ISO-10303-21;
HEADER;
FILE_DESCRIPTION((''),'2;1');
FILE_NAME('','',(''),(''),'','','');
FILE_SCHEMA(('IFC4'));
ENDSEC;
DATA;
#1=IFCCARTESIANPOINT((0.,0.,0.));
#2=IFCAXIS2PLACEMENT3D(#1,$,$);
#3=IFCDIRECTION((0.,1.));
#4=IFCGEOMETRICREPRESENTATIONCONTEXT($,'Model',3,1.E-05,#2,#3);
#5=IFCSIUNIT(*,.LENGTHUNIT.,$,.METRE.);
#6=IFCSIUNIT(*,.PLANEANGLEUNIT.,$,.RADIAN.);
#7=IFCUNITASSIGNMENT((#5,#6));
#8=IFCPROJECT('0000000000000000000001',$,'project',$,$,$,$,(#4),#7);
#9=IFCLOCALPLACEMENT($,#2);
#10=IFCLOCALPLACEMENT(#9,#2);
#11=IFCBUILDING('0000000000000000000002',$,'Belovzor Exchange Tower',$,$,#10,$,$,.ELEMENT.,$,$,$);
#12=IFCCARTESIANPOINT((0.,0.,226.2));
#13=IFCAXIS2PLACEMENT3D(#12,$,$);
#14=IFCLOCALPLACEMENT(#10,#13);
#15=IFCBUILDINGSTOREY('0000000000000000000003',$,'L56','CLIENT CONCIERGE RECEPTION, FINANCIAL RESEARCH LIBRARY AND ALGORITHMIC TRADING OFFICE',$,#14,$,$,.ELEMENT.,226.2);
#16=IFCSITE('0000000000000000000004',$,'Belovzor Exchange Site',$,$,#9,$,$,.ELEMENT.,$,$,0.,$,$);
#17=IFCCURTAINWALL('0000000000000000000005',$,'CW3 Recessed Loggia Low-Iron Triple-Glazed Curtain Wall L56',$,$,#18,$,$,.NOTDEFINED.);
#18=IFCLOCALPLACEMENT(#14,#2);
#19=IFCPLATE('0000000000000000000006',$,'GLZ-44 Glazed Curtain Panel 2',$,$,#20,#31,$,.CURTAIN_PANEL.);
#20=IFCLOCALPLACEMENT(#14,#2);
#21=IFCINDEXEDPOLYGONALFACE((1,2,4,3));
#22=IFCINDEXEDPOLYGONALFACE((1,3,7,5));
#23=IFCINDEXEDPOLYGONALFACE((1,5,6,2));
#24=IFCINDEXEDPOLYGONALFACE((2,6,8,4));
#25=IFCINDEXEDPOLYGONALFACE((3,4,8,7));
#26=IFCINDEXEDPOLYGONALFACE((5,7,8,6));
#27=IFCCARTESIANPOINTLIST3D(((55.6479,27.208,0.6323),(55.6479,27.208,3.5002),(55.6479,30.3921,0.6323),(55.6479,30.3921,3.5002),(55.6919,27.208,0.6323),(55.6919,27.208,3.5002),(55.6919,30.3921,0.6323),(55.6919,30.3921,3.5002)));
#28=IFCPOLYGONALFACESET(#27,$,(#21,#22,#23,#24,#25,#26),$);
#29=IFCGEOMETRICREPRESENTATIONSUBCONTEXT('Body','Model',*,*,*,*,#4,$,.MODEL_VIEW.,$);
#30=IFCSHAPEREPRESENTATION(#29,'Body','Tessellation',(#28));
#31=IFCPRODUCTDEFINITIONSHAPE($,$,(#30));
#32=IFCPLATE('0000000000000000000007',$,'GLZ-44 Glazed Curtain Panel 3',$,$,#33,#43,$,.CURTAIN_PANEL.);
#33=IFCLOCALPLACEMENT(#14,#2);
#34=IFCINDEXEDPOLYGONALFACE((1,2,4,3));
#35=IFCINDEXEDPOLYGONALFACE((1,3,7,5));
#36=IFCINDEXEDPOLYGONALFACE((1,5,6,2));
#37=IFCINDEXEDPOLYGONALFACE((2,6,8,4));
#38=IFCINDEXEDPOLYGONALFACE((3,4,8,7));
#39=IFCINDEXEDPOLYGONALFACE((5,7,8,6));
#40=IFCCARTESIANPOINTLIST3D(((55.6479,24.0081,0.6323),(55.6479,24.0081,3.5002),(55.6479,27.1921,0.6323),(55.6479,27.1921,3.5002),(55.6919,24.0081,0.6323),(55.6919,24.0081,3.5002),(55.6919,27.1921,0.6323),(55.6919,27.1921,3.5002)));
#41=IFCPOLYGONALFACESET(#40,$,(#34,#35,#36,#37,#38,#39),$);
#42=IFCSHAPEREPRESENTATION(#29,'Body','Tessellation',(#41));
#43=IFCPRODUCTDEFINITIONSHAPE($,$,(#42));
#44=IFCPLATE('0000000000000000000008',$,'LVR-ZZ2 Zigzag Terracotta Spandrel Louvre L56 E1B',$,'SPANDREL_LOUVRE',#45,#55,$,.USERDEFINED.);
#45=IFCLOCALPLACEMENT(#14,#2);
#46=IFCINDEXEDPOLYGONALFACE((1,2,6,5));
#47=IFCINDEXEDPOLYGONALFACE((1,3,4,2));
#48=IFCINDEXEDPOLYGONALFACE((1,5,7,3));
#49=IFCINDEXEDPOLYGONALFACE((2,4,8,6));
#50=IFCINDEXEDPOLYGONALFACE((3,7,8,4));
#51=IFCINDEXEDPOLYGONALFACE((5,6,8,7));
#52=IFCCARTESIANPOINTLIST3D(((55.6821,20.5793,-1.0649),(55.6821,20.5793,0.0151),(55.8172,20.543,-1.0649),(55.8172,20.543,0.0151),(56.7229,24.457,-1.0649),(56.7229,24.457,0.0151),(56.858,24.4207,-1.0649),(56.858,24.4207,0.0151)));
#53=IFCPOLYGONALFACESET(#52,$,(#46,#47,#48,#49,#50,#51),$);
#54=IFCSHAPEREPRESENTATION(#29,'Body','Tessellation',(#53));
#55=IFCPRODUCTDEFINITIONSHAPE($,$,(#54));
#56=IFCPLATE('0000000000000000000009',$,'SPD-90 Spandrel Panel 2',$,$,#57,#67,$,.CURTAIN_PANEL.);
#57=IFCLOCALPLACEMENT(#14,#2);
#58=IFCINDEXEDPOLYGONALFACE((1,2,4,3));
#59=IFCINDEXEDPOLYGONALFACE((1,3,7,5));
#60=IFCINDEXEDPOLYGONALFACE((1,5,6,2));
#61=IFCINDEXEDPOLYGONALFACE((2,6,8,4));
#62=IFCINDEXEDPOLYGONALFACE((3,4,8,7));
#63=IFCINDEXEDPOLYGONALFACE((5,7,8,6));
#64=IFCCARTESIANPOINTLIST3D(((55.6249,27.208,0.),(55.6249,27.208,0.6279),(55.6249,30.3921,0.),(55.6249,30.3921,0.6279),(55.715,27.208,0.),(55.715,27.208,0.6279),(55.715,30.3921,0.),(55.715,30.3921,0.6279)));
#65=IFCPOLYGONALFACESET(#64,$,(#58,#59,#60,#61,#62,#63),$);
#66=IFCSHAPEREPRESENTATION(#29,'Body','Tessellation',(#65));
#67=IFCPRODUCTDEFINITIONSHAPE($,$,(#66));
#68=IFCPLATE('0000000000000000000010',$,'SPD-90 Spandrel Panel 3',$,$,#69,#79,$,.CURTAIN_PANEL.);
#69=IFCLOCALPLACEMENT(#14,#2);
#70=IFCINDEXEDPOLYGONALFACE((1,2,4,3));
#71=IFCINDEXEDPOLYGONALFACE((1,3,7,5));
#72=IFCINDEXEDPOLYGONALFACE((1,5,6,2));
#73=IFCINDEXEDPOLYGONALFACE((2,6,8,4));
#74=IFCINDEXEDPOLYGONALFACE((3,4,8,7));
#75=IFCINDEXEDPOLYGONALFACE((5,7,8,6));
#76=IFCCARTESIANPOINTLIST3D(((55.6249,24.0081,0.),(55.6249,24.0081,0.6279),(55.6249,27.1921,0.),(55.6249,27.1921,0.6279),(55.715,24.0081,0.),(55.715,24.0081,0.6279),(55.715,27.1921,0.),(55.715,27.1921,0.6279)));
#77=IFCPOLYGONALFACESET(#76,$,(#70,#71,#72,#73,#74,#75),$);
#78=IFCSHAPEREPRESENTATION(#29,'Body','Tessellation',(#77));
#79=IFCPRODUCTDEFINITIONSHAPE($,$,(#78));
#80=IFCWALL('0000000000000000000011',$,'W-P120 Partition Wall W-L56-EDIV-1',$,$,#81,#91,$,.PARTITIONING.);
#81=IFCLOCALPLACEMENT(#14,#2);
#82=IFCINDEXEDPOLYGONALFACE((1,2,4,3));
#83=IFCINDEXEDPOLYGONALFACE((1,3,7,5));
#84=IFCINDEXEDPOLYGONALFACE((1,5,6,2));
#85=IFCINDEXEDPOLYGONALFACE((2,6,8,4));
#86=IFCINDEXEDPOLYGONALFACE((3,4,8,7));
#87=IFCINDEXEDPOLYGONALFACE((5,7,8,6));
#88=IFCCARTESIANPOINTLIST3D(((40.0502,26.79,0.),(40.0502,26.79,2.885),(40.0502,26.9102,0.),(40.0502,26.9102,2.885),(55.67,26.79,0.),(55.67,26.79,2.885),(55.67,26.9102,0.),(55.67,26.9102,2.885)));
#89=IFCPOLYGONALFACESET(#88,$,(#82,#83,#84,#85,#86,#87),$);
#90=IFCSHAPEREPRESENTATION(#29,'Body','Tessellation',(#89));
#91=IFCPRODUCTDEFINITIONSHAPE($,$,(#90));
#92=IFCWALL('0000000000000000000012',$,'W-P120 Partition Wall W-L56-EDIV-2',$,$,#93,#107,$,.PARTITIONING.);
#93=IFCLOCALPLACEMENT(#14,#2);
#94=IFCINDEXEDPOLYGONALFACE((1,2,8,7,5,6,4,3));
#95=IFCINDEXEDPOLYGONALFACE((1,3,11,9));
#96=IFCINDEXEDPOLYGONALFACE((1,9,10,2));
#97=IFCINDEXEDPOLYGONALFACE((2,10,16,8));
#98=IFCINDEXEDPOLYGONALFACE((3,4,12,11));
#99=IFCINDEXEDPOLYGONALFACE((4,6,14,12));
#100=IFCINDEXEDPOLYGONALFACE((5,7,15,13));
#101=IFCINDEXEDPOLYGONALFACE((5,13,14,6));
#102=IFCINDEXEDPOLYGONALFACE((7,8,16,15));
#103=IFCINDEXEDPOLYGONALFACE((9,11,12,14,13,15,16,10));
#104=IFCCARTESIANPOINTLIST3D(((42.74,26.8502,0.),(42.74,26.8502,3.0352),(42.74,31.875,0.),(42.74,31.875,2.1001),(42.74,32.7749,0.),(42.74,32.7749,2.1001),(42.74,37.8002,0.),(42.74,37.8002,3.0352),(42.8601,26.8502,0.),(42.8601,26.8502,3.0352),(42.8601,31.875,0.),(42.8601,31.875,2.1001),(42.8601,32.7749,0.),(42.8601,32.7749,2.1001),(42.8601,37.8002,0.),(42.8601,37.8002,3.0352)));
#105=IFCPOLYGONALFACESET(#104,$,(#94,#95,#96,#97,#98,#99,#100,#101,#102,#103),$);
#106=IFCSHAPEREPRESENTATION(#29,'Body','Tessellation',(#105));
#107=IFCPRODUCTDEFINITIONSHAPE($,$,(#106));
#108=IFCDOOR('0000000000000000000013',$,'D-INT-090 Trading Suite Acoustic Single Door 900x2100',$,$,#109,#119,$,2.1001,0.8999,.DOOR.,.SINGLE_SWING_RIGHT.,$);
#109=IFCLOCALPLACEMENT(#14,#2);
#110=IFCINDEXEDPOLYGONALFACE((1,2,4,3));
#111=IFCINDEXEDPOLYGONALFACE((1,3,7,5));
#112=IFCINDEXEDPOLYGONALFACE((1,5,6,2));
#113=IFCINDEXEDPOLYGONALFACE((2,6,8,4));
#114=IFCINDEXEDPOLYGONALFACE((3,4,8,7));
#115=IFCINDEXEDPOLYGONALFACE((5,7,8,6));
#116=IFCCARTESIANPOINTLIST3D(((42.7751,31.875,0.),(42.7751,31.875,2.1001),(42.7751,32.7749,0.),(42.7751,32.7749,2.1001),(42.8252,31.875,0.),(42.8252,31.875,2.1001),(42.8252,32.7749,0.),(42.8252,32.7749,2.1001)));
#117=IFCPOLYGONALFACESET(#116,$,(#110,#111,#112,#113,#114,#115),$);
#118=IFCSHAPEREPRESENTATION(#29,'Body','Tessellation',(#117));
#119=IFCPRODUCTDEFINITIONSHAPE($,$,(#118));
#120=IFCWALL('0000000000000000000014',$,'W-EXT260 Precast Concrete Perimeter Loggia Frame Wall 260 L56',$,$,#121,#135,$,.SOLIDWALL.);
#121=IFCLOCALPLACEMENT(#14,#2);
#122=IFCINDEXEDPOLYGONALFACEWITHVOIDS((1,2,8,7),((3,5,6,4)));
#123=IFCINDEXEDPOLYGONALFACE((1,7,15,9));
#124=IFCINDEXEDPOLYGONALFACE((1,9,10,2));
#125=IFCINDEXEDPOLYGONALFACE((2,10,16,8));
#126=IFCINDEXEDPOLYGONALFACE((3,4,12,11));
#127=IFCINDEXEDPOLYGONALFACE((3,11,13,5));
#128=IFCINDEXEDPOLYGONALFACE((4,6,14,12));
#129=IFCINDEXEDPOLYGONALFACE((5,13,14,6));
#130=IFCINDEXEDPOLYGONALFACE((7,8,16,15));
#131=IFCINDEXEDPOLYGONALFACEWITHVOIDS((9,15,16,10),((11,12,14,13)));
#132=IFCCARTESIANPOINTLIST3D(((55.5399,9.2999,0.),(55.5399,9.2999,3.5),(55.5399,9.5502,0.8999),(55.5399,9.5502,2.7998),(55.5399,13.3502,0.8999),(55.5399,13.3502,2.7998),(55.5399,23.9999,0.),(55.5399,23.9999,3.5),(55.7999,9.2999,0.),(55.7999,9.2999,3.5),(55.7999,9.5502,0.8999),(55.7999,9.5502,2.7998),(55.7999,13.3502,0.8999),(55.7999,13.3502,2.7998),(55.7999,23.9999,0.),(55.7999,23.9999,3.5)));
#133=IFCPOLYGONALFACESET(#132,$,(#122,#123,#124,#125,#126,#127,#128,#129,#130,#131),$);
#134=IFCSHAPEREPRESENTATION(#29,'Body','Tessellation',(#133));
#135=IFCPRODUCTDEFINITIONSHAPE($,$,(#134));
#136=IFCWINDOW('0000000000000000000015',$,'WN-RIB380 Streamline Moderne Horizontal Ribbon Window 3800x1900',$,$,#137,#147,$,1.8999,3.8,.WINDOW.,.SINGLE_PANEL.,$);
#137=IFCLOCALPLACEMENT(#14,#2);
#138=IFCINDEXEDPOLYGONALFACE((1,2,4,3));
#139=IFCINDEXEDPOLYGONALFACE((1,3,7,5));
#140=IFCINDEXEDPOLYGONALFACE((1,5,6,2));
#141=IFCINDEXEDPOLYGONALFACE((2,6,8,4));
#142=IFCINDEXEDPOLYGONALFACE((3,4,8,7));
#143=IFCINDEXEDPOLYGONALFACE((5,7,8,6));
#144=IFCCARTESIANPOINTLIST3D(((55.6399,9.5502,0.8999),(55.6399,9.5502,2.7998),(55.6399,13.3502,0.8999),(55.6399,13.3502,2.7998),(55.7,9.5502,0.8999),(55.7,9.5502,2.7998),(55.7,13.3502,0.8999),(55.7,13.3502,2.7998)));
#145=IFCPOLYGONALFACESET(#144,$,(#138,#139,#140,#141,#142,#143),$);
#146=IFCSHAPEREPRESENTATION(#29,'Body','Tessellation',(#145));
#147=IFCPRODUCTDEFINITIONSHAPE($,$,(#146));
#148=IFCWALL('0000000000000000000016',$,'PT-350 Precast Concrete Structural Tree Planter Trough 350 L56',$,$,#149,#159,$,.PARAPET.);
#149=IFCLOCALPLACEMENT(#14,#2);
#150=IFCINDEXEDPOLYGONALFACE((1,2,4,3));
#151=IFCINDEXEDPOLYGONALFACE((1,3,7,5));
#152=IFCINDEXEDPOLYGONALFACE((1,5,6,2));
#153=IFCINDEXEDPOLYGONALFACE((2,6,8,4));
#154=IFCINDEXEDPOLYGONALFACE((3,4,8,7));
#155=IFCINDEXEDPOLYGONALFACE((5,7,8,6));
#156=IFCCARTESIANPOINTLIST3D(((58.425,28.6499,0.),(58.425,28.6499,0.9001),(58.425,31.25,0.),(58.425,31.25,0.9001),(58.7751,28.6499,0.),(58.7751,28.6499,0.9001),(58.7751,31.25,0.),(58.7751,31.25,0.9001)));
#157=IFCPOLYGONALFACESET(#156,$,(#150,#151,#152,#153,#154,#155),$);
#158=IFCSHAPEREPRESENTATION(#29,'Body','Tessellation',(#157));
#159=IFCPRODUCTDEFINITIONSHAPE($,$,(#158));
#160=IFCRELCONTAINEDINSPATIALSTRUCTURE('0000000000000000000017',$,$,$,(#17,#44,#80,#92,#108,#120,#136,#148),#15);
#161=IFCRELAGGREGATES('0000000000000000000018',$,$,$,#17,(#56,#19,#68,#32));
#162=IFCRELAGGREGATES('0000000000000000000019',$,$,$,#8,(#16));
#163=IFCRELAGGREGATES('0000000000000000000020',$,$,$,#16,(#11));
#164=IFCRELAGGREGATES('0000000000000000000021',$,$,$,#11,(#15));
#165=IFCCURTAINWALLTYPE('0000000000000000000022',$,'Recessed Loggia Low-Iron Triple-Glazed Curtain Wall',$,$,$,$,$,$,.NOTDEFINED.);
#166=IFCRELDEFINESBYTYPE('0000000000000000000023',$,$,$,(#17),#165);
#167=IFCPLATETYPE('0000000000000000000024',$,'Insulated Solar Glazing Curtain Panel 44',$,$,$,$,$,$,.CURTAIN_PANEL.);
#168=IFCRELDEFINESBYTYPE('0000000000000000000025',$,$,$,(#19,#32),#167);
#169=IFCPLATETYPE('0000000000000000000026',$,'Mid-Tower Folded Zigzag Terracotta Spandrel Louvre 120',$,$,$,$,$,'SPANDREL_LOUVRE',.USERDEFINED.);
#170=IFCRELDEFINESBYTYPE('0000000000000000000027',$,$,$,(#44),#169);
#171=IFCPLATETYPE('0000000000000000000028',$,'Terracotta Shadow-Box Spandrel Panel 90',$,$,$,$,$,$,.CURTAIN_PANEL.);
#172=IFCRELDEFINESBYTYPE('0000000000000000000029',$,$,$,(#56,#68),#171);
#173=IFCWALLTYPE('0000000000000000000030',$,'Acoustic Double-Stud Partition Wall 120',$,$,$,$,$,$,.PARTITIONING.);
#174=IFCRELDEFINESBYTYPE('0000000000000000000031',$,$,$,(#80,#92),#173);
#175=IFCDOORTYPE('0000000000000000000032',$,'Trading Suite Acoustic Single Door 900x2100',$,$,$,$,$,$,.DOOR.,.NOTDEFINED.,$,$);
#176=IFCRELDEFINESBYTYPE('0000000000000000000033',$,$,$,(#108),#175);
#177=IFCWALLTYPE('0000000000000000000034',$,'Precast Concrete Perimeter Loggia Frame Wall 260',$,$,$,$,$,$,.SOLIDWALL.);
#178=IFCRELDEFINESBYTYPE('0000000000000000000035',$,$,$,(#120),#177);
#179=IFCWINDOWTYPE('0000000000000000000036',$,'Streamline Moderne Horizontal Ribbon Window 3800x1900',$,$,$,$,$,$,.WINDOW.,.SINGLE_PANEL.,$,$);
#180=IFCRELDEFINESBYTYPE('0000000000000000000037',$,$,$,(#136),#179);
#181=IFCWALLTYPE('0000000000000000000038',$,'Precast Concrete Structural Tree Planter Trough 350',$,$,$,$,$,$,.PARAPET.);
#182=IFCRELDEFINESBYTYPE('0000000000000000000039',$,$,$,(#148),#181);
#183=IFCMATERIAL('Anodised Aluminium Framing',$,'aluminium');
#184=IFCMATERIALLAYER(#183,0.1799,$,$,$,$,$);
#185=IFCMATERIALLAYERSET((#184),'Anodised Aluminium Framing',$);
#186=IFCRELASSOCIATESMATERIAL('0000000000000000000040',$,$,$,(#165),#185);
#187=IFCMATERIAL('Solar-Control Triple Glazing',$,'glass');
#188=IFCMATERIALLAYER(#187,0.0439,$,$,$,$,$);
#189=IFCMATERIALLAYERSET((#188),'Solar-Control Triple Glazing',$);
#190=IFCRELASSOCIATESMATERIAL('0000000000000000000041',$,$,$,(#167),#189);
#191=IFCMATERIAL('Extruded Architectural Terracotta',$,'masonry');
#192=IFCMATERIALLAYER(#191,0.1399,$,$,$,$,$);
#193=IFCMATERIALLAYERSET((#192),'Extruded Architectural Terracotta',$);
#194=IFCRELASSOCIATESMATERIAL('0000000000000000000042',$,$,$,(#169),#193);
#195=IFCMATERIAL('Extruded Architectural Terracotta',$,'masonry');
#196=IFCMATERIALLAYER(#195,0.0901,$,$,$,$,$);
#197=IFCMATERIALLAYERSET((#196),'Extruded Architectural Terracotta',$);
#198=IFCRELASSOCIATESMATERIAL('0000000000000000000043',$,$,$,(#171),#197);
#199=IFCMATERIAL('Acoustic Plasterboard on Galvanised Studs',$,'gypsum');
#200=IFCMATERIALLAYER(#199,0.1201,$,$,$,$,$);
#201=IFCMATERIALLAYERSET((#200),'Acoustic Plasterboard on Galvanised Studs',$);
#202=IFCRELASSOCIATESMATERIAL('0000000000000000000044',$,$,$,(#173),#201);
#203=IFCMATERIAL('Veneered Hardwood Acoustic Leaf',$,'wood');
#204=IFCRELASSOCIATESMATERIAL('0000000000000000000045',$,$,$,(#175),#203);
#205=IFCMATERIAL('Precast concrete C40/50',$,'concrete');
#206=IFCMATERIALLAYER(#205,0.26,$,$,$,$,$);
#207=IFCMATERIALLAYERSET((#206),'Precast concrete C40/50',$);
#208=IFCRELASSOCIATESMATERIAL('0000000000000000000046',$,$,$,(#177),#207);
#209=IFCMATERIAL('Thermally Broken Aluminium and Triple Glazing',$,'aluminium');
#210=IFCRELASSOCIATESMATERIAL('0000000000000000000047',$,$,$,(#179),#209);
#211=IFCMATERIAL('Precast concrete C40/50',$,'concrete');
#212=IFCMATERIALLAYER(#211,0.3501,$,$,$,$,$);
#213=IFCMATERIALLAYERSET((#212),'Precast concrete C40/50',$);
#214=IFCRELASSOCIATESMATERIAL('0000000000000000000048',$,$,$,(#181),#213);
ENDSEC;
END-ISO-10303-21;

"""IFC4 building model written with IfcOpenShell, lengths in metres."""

from ifc_helpers import new_model, si_unit, direction, frame, frame_2d, origin, origin_2d, place, context, subcontext, project, spatial, rectangle, extrude, material, layer, layer_set, type_object, element, fill, aggregate, save


model = new_model("IFC4")

# Units and contexts
model_context = context("Model", 3, precision=1e-05, world=origin(), true_north=direction((0.0, 1.0)))
body_context = subcontext(model_context, "Body", "Model", "MODEL_VIEW")
ifc_project = project(units=[si_unit("LENGTHUNIT", "METRE"), si_unit("PLANEANGLEUNIT", "RADIAN")], contexts=[model_context])

# Site, building, storey
site_placement = place(None, origin())
site = spatial("IfcSite", under=ifc_project, at=site_placement, Name="Belovzor Exchange Site", CompositionType="ELEMENT", RefElevation=0.0)
building_placement = place(site_placement, origin())
building = spatial("IfcBuilding", under=site, at=building_placement, Name="Belovzor Exchange Tower", CompositionType="ELEMENT")
storey_placement = place(building_placement, frame((0.0, 0.0, 226.2)))
storey = spatial("IfcBuildingStorey", under=building, at=storey_placement, Name="L56", Description="CLIENT CONCIERGE RECEPTION, FINANCIAL RESEARCH LIBRARY AND ALGORITHMIC TRADING OFFICE", CompositionType="ELEMENT", Elevation=226.2)

# Curtain wall
ifc_material_1 = material(Name="Anodised Aluminium Framing", Category="aluminium")
ifc_layer_1 = layer(ifc_material_1, 0.1799)
ifc_layer_set_1 = layer_set([ifc_layer_1], Name="Anodised Aluminium Framing")
curtain_wall_type = type_object("IfcCurtainWallType", Name="Recessed Loggia Low-Iron Triple-Glazed Curtain Wall", PredefinedType="NOTDEFINED", material=ifc_layer_set_1)
curtain_wall_placement = place(storey_placement, origin())
curtain_wall = element("IfcCurtainWall", 1, at=curtain_wall_placement, inside=storey, type_object=curtain_wall_type, Name="CW3 Recessed Loggia Low-Iron Triple-Glazed Curtain Wall L56", PredefinedType="NOTDEFINED")

# Plates
ifc_material_2 = material(Name="Solar-Control Triple Glazing", Category="glass")
ifc_layer_2 = layer(ifc_material_2, 0.0439)
ifc_layer_set_2 = layer_set([ifc_layer_2], Name="Solar-Control Triple Glazing")
plate_type_1 = type_object("IfcPlateType", Name="Insulated Solar Glazing Curtain Panel 44", PredefinedType="CURTAIN_PANEL", material=ifc_layer_set_2)
plate_1_placement = place(storey_placement, frame((55.6699, 28.8, 0.6323), z_axis=(0.0, 0.0, 1.0), x_axis=(0.0, -1.0, 0.0)))
plate_1 = element("IfcPlate", 2, at=plate_1_placement, type_object=plate_type_1, Name="GLZ-44 Glazed Curtain Panel 2", PredefinedType="CURTAIN_PANEL", context=body_context, shape_type="SweptSolid", body=[
    extrude(rectangle(XDim=3.1841, YDim=0.0439, at=origin_2d()), origin(), (0.0, 0.0, 1.0), 2.8679),
])
plate_2_placement = place(storey_placement, frame((55.6699, 25.6001, 0.6323), z_axis=(0.0, 0.0, 1.0), x_axis=(0.0, -1.0, 0.0)))
plate_2 = element("IfcPlate", 3, at=plate_2_placement, type_object=plate_type_1, Name="GLZ-44 Glazed Curtain Panel 3", PredefinedType="CURTAIN_PANEL", context=body_context, shape_type="SweptSolid", body=[
    extrude(rectangle(XDim=3.1841, YDim=0.0439, at=origin_2d()), origin(), (0.0, 0.0, 1.0), 2.8679),
])
ifc_material_3 = material(Name="Extruded Architectural Terracotta", Category="masonry")
ifc_layer_3 = layer(ifc_material_3, 0.1399)
ifc_layer_set_3 = layer_set([ifc_layer_3], Name="Extruded Architectural Terracotta")
plate_type_2 = type_object("IfcPlateType", Name="Mid-Tower Folded Zigzag Terracotta Spandrel Louvre 120", ElementType="SPANDREL_LOUVRE", PredefinedType="USERDEFINED", material=ifc_layer_set_3)
plate_3_placement = place(storey_placement, frame((56.27, 22.5, -1.0649), z_axis=(0.0, 0.0, 1.0), x_axis=(0.25924, 0.965813, 0.0)))
element("IfcPlate", 4, at=plate_3_placement, inside=storey, type_object=plate_type_2, Name="LVR-ZZ2 Zigzag Terracotta Spandrel Louvre L56 E1B", ObjectType="SPANDREL_LOUVRE", PredefinedType="USERDEFINED", context=body_context, shape_type="SweptSolid", body=[
    extrude(rectangle(XDim=4.0149, YDim=0.1399, at=origin_2d()), origin(), (0.0, 0.0, 1.0), 1.0801),
])
ifc_material_4 = material(Name="Extruded Architectural Terracotta", Category="masonry")
ifc_layer_4 = layer(ifc_material_4, 0.0901)
ifc_layer_set_4 = layer_set([ifc_layer_4], Name="Extruded Architectural Terracotta")
plate_type_3 = type_object("IfcPlateType", Name="Terracotta Shadow-Box Spandrel Panel 90", PredefinedType="CURTAIN_PANEL", material=ifc_layer_set_4)
plate_4_placement = place(storey_placement, frame((55.6699, 28.8, 0.0), z_axis=(0.0, 0.0, 1.0), x_axis=(0.0, -1.0, 0.0)))
plate_4 = element("IfcPlate", 5, at=plate_4_placement, type_object=plate_type_3, Name="SPD-90 Spandrel Panel 2", PredefinedType="CURTAIN_PANEL", context=body_context, shape_type="SweptSolid", body=[
    extrude(rectangle(XDim=3.1841, YDim=0.0901, at=origin_2d()), origin(), (0.0, 0.0, 1.0), 0.6279),
])
plate_5_placement = place(storey_placement, frame((55.6699, 25.6001, 0.0), z_axis=(0.0, 0.0, 1.0), x_axis=(0.0, -1.0, 0.0)))
plate_5 = element("IfcPlate", 6, at=plate_5_placement, type_object=plate_type_3, Name="SPD-90 Spandrel Panel 3", PredefinedType="CURTAIN_PANEL", context=body_context, shape_type="SweptSolid", body=[
    extrude(rectangle(XDim=3.1841, YDim=0.0901, at=origin_2d()), origin(), (0.0, 0.0, 1.0), 0.6279),
])
aggregate(curtain_wall, [plate_4, plate_1, plate_5, plate_2])

# Wall
ifc_material_5 = material(Name="Acoustic Plasterboard on Galvanised Studs", Category="gypsum")
ifc_layer_5 = layer(ifc_material_5, 0.1201)
ifc_layer_set_5 = layer_set([ifc_layer_5], Name="Acoustic Plasterboard on Galvanised Studs")
wall_type_1 = type_object("IfcWallType", Name="Acoustic Double-Stud Partition Wall 120", PredefinedType="PARTITIONING", material=ifc_layer_set_5)
wall_1_placement = place(storey_placement, frame((40.05, 26.8501, 0.0), z_axis=(0.0, 0.0, 1.0), x_axis=(1.0, 0.0, 0.0)))
element("IfcWall", 7, at=wall_1_placement, inside=storey, type_object=wall_type_1, Name="W-P120 Partition Wall W-L56-EDIV-1", PredefinedType="PARTITIONING", context=body_context, shape_type="SweptSolid", body=[
    extrude(rectangle(XDim=15.6199, YDim=0.1201, at=frame_2d((7.8101, 0.0))), origin(), (0.0, 0.0, 1.0), 2.885),
])

# Wall, opening, door
wall_2_placement = place(storey_placement, frame((42.8, 26.8501, 0.0), z_axis=(0.0, 0.0, 1.0), x_axis=(0.0, 1.0, 0.0)))
wall_2 = element("IfcWall", 8, at=wall_2_placement, inside=storey, type_object=wall_type_1, Name="W-P120 Partition Wall W-L56-EDIV-2", PredefinedType="PARTITIONING", context=body_context, shape_type="SweptSolid", body=[
    extrude(rectangle(XDim=10.95, YDim=0.1201, at=frame_2d((5.4751, 0.0))), origin(), (0.0, 0.0, 1.0), 3.0352),
])
opening_1_placement = place(wall_2_placement, frame((5.0249, 0.0, 0.0)))
opening_1 = element("IfcOpeningElement", 9, at=opening_1_placement, cuts=wall_2, PredefinedType="OPENING", context=body_context, shape_type="SweptSolid", body=[
    extrude(rectangle(XDim=0.8999, YDim=2.1001, at=frame_2d((0.45, 1.05))), frame((0.0, 0.0701, 0.0), z_axis=(0.0, -1.0, 0.0), x_axis=(1.0, 0.0, 0.0)), (0.0, 0.0, 1.0), 0.1401),
])
ifc_material_6 = material(Name="Veneered Hardwood Acoustic Leaf", Category="wood")
door_type = type_object("IfcDoorType", Name="Trading Suite Acoustic Single Door 900x2100", OperationType="NOTDEFINED", PredefinedType="DOOR", material=ifc_material_6)
door_placement = place(opening_1_placement, origin())
door = element("IfcDoor", 10, at=door_placement, inside=storey, type_object=door_type, Name="D-INT-090 Trading Suite Acoustic Single Door 900x2100", OperationType="SINGLE_SWING_RIGHT", OverallHeight=2.1001, OverallWidth=0.8999, PredefinedType="DOOR", context=body_context, shape_type="SweptSolid", body=[
    extrude(rectangle(XDim=0.8999, YDim=2.1001, at=frame_2d((0.45, 1.05))), frame((0.0, 0.0249, 0.0), z_axis=(0.0, -1.0, 0.0), x_axis=(1.0, 0.0, 0.0)), (0.0, 0.0, 1.0), 0.05),
])
fill(opening_1, door)

# Wall, opening, window
ifc_material_7 = material(Name="Precast concrete C40/50", Category="concrete")
ifc_layer_6 = layer(ifc_material_7, 0.26)
ifc_layer_set_6 = layer_set([ifc_layer_6], Name="Precast concrete C40/50")
wall_type_2 = type_object("IfcWallType", Name="Precast Concrete Perimeter Loggia Frame Wall 260", PredefinedType="SOLIDWALL", material=ifc_layer_set_6)
wall_3_placement = place(storey_placement, frame((55.6699, 24.0, 0.0), z_axis=(0.0, 0.0, 1.0), x_axis=(0.0, -1.0, 0.0)))
wall_3 = element("IfcWall", 11, at=wall_3_placement, inside=storey, type_object=wall_type_2, Name="W-EXT260 Precast Concrete Perimeter Loggia Frame Wall 260 L56", PredefinedType="SOLIDWALL", context=body_context, shape_type="SweptSolid", body=[
    extrude(rectangle(XDim=14.7, YDim=0.26, at=frame_2d((7.3501, 0.0))), origin(), (0.0, 0.0, 1.0), 3.5),
])
opening_2_placement = place(wall_3_placement, frame((10.6499, 0.0, 0.8999)))
opening_2 = element("IfcOpeningElement", 12, at=opening_2_placement, cuts=wall_3, PredefinedType="OPENING", context=body_context, shape_type="SweptSolid", body=[
    extrude(rectangle(XDim=3.8, YDim=1.8999, at=frame_2d((1.8999, 0.95))), frame((0.0, 0.1399, 0.0), z_axis=(0.0, -1.0, 0.0), x_axis=(1.0, 0.0, 0.0)), (0.0, 0.0, 1.0), 0.28),
])
ifc_material_8 = material(Name="Thermally Broken Aluminium and Triple Glazing", Category="aluminium")
window_type = type_object("IfcWindowType", Name="Streamline Moderne Horizontal Ribbon Window 3800x1900", PartitioningType="SINGLE_PANEL", PredefinedType="WINDOW", material=ifc_material_8)
window_placement = place(opening_2_placement, origin())
window = element("IfcWindow", 13, at=window_placement, inside=storey, type_object=window_type, Name="WN-RIB380 Streamline Moderne Horizontal Ribbon Window 3800x1900", OverallHeight=1.8999, OverallWidth=3.8, PartitioningType="SINGLE_PANEL", PredefinedType="WINDOW", context=body_context, shape_type="SweptSolid", body=[
    extrude(rectangle(XDim=3.8, YDim=1.8999, at=frame_2d((1.8999, 0.95))), frame((0.0, 0.03, 0.0), z_axis=(0.0, -1.0, 0.0), x_axis=(1.0, 0.0, 0.0)), (0.0, 0.0, 1.0), 0.0601),
])
fill(opening_2, window)

# Wall
ifc_material_9 = material(Name="Precast concrete C40/50", Category="concrete")
ifc_layer_7 = layer(ifc_material_9, 0.3501)
ifc_layer_set_7 = layer_set([ifc_layer_7], Name="Precast concrete C40/50")
wall_type_3 = type_object("IfcWallType", Name="Precast Concrete Structural Tree Planter Trough 350", PredefinedType="PARAPET", material=ifc_layer_set_7)
wall_4_placement = place(storey_placement, frame((58.6001, 28.6499, 0.0), z_axis=(0.0, 0.0, 1.0), x_axis=(0.0, 1.0, 0.0)))
element("IfcWall", 14, at=wall_4_placement, inside=storey, type_object=wall_type_3, Name="PT-350 Precast Concrete Structural Tree Planter Trough 350 L56", PredefinedType="PARAPET", context=body_context, shape_type="SweptSolid", body=[
    extrude(rectangle(XDim=2.6001, YDim=0.3501, at=frame_2d((1.3, 0.0))), origin(), (0.0, 0.0, 1.0), 0.9001),
])

save(model, "model.ifc")
